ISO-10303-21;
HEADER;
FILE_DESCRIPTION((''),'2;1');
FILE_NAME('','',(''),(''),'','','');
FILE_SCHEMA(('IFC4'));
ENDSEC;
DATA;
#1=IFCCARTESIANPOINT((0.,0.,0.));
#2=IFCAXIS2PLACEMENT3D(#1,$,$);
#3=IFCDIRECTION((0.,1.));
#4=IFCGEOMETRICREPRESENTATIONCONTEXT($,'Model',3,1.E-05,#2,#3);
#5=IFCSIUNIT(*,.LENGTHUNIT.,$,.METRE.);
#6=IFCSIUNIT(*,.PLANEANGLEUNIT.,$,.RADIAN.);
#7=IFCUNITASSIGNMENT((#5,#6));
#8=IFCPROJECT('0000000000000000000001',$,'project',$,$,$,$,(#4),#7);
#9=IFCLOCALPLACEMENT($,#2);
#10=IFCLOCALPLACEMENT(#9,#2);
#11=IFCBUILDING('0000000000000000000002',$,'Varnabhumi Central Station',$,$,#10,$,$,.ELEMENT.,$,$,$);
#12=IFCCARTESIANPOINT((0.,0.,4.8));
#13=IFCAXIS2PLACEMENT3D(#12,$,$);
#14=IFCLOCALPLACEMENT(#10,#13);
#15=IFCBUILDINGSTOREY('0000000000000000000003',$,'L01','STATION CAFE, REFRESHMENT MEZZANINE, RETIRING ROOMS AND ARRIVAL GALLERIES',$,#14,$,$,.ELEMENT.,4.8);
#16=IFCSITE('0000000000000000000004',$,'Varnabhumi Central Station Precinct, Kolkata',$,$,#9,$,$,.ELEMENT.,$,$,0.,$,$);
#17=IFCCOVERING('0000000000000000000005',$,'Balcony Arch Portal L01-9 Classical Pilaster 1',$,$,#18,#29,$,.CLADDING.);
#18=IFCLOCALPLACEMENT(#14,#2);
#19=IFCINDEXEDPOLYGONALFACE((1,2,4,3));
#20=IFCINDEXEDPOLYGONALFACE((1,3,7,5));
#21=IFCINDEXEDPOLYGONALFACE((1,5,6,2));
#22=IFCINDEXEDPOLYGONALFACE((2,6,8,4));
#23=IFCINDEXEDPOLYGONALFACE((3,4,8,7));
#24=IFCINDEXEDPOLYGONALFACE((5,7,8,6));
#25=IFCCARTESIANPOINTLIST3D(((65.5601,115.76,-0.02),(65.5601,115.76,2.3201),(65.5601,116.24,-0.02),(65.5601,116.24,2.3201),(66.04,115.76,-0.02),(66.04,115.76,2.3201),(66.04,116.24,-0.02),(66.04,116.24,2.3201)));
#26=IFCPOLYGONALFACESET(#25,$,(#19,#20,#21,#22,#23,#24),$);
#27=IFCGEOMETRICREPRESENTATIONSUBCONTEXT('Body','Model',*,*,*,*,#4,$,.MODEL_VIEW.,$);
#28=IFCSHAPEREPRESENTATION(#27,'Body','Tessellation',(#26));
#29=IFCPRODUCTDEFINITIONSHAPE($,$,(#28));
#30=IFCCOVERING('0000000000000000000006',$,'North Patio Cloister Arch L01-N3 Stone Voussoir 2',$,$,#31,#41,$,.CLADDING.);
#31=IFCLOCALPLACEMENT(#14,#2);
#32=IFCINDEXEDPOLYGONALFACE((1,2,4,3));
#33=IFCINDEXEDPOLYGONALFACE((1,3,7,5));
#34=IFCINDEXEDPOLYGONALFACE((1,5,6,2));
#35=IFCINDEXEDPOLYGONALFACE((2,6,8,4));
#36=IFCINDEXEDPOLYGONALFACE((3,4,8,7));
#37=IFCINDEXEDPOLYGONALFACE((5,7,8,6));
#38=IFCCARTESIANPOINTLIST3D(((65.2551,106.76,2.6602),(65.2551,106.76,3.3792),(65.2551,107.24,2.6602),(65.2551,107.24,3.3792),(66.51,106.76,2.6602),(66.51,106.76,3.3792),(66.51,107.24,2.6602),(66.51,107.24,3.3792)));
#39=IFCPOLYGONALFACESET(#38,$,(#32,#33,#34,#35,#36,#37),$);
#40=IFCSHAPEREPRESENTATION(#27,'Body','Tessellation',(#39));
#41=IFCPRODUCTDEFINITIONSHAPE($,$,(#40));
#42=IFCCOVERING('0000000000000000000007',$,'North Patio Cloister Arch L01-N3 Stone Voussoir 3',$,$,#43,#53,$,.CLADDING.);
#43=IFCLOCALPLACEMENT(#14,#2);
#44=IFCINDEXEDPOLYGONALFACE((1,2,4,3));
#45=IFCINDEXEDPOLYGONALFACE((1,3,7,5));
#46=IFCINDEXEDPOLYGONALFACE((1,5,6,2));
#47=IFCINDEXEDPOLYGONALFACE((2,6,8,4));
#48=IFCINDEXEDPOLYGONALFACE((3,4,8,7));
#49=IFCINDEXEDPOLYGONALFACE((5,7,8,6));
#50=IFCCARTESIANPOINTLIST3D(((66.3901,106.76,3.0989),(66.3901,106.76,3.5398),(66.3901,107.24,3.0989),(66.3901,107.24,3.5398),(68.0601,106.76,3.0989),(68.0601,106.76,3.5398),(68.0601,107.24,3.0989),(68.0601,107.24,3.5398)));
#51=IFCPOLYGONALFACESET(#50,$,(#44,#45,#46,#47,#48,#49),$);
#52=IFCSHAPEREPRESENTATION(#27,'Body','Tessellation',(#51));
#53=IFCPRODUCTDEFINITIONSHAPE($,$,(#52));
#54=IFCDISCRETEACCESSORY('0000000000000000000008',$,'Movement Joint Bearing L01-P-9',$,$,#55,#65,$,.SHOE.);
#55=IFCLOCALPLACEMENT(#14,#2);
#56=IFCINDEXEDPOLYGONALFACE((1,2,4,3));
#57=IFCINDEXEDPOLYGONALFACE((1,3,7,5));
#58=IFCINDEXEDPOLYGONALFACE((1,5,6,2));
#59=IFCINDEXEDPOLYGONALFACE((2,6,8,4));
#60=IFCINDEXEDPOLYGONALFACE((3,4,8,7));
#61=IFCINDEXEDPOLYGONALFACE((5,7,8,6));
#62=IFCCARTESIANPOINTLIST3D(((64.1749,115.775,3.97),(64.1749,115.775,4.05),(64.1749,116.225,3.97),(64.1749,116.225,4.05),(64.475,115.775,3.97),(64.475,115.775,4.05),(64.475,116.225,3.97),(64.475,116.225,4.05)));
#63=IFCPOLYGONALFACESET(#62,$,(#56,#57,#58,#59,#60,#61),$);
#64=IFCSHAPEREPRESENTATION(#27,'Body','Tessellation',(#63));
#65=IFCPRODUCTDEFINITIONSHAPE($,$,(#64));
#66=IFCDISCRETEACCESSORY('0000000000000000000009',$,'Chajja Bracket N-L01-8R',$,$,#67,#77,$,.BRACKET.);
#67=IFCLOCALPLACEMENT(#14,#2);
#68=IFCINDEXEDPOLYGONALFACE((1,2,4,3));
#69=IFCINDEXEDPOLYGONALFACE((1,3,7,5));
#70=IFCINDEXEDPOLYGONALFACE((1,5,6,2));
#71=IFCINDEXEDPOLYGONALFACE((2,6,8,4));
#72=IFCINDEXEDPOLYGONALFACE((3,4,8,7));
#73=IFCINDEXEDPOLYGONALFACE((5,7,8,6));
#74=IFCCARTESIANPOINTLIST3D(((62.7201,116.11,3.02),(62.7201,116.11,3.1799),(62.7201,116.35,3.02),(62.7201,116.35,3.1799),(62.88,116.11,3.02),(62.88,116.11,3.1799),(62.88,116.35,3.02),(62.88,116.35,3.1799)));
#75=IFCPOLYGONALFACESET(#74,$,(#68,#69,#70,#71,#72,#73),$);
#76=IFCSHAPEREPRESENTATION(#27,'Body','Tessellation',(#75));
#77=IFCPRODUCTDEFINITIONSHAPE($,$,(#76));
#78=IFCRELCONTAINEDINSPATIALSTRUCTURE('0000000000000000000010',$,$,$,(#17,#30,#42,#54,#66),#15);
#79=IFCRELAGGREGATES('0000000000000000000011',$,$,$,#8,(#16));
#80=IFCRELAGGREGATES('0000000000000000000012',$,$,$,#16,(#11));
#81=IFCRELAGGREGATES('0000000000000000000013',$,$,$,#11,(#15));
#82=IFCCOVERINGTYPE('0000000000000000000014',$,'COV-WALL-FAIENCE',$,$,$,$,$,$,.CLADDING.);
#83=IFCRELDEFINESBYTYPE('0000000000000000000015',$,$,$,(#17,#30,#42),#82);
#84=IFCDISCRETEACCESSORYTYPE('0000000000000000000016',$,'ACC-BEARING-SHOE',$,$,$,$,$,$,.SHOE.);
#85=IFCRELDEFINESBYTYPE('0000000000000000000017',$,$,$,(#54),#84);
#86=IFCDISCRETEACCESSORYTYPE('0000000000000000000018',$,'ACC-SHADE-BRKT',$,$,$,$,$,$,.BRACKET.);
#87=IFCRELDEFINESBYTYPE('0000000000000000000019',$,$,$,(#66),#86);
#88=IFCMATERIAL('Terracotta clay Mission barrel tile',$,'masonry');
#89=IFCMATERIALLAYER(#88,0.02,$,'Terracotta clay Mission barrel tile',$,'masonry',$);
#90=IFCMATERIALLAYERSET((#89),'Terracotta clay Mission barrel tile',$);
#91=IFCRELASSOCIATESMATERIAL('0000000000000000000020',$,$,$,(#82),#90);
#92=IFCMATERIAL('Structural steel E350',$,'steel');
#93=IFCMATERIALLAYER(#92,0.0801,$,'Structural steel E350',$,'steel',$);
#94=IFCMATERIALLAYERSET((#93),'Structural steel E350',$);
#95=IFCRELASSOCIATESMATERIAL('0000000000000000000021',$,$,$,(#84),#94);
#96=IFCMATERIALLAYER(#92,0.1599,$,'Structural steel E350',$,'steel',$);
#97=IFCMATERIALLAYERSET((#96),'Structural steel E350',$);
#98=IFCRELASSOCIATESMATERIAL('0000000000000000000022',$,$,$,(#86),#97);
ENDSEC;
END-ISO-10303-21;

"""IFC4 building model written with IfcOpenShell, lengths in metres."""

from ifc_helpers import new_model, si_unit, direction, frame, origin, origin_2d, place, context, subcontext, project, spatial, rectangle, extrude, material, layer, layer_set, type_object, element, save


model = new_model("IFC4")

# Units and contexts
model_context = context("Model", 3, precision=1e-05, world=origin(), true_north=direction((0.0, 1.0)))
body_context = subcontext(model_context, "Body", "Model", "MODEL_VIEW")
ifc_project = project(units=[si_unit("LENGTHUNIT", "METRE"), si_unit("PLANEANGLEUNIT", "RADIAN")], contexts=[model_context])

# Site, building, storey
site_placement = place(None, origin())
site = spatial("IfcSite", under=ifc_project, at=site_placement, Name="Varnabhumi Central Station Precinct, Kolkata", CompositionType="ELEMENT", RefElevation=0.0)
building_placement = place(site_placement, origin())
building = spatial("IfcBuilding", under=site, at=building_placement, Name="Varnabhumi Central Station", CompositionType="ELEMENT")
storey_placement = place(building_placement, frame((0.0, 0.0, 4.8)))
storey = spatial("IfcBuildingStorey", under=building, at=storey_placement, Name="L01", Description="STATION CAFE, REFRESHMENT MEZZANINE, RETIRING ROOMS AND ARRIVAL GALLERIES", CompositionType="ELEMENT", Elevation=4.8)

# Shared definitions
ifc_material_1 = material(Name="Structural steel E350", Category="steel")

# Coverings
ifc_material_2 = material(Name="Terracotta clay Mission barrel tile", Category="masonry")
ifc_layer_1 = layer(ifc_material_2, 0.02, Name="Terracotta clay Mission barrel tile", Category="masonry")
ifc_layer_set_1 = layer_set([ifc_layer_1], Name="Terracotta clay Mission barrel tile")
covering_type = type_object("IfcCoveringType", Name="COV-WALL-FAIENCE", PredefinedType="CLADDING", material=ifc_layer_set_1)
covering_1_placement = place(storey_placement, frame((65.8, 116.0, -0.02), z_axis=(0.0, 0.0, 1.0), x_axis=(1.0, 0.0, 0.0)))
element("IfcCovering", 1, at=covering_1_placement, inside=storey, type_object=covering_type, Name="Balcony Arch Portal L01-9 Classical Pilaster 1", PredefinedType="CLADDING", context=body_context, shape_type="SweptSolid", body=[
    extrude(rectangle(XDim=0.48, YDim=0.48, at=origin_2d()), origin(), (0.0, 0.0, 1.0), 2.3401),
])
covering_2_placement = place(storey_placement, frame((65.8826, 107.0, 2.6602), z_axis=(0.0, 0.0, 1.0), x_axis=(1.0, 0.0, 0.0)))
element("IfcCovering", 2, at=covering_2_placement, inside=storey, type_object=covering_type, Name="North Patio Cloister Arch L01-N3 Stone Voussoir 2", PredefinedType="CLADDING", context=body_context, shape_type="SweptSolid", body=[
    extrude(rectangle(XDim=1.2549, YDim=0.48, at=origin_2d()), origin(), (0.0, 0.0, 1.0), 0.719),
])
covering_3_placement = place(storey_placement, frame((67.2251, 107.0, 3.0989), z_axis=(0.0, 0.0, 1.0), x_axis=(1.0, 0.0, 0.0)))
element("IfcCovering", 3, at=covering_3_placement, inside=storey, type_object=covering_type, Name="North Patio Cloister Arch L01-N3 Stone Voussoir 3", PredefinedType="CLADDING", context=body_context, shape_type="SweptSolid", body=[
    extrude(rectangle(XDim=1.6699, YDim=0.48, at=origin_2d()), origin(), (0.0, 0.0, 1.0), 0.4409),
])

# Discrete accessories
ifc_layer_2 = layer(ifc_material_1, 0.0801, Name="Structural steel E350", Category="steel")
ifc_layer_set_2 = layer_set([ifc_layer_2], Name="Structural steel E350")
discrete_accessory_type_1 = type_object("IfcDiscreteAccessoryType", Name="ACC-BEARING-SHOE", PredefinedType="SHOE", material=ifc_layer_set_2)
discrete_accessory_1_placement = place(storey_placement, frame((64.325, 116.0, 3.97), z_axis=(0.0, 0.0, 1.0), x_axis=(1.0, 0.0, 0.0)))
element("IfcDiscreteAccessory", 4, at=discrete_accessory_1_placement, inside=storey, type_object=discrete_accessory_type_1, Name="Movement Joint Bearing L01-P-9", PredefinedType="SHOE", context=body_context, shape_type="SweptSolid", body=[
    extrude(rectangle(XDim=0.3, YDim=0.45, at=origin_2d()), origin(), (0.0, 0.0, 1.0), 0.0801),
])
ifc_layer_3 = layer(ifc_material_1, 0.1599, Name="Structural steel E350", Category="steel")
ifc_layer_set_3 = layer_set([ifc_layer_3], Name="Structural steel E350")
discrete_accessory_type_2 = type_object("IfcDiscreteAccessoryType", Name="ACC-SHADE-BRKT", PredefinedType="BRACKET", material=ifc_layer_set_3)
discrete_accessory_2_placement = place(storey_placement, frame((62.8, 116.23, 3.02), z_axis=(0.0, 0.0, 1.0), x_axis=(1.0, 0.0, 0.0)))
element("IfcDiscreteAccessory", 5, at=discrete_accessory_2_placement, inside=storey, type_object=discrete_accessory_type_2, Name="Chajja Bracket N-L01-8R", PredefinedType="BRACKET", context=body_context, shape_type="SweptSolid", body=[
    extrude(rectangle(XDim=0.1599, YDim=0.24, at=origin_2d()), origin(), (0.0, 0.0, 1.0), 0.1599),
])

save(model, "model.ifc")
